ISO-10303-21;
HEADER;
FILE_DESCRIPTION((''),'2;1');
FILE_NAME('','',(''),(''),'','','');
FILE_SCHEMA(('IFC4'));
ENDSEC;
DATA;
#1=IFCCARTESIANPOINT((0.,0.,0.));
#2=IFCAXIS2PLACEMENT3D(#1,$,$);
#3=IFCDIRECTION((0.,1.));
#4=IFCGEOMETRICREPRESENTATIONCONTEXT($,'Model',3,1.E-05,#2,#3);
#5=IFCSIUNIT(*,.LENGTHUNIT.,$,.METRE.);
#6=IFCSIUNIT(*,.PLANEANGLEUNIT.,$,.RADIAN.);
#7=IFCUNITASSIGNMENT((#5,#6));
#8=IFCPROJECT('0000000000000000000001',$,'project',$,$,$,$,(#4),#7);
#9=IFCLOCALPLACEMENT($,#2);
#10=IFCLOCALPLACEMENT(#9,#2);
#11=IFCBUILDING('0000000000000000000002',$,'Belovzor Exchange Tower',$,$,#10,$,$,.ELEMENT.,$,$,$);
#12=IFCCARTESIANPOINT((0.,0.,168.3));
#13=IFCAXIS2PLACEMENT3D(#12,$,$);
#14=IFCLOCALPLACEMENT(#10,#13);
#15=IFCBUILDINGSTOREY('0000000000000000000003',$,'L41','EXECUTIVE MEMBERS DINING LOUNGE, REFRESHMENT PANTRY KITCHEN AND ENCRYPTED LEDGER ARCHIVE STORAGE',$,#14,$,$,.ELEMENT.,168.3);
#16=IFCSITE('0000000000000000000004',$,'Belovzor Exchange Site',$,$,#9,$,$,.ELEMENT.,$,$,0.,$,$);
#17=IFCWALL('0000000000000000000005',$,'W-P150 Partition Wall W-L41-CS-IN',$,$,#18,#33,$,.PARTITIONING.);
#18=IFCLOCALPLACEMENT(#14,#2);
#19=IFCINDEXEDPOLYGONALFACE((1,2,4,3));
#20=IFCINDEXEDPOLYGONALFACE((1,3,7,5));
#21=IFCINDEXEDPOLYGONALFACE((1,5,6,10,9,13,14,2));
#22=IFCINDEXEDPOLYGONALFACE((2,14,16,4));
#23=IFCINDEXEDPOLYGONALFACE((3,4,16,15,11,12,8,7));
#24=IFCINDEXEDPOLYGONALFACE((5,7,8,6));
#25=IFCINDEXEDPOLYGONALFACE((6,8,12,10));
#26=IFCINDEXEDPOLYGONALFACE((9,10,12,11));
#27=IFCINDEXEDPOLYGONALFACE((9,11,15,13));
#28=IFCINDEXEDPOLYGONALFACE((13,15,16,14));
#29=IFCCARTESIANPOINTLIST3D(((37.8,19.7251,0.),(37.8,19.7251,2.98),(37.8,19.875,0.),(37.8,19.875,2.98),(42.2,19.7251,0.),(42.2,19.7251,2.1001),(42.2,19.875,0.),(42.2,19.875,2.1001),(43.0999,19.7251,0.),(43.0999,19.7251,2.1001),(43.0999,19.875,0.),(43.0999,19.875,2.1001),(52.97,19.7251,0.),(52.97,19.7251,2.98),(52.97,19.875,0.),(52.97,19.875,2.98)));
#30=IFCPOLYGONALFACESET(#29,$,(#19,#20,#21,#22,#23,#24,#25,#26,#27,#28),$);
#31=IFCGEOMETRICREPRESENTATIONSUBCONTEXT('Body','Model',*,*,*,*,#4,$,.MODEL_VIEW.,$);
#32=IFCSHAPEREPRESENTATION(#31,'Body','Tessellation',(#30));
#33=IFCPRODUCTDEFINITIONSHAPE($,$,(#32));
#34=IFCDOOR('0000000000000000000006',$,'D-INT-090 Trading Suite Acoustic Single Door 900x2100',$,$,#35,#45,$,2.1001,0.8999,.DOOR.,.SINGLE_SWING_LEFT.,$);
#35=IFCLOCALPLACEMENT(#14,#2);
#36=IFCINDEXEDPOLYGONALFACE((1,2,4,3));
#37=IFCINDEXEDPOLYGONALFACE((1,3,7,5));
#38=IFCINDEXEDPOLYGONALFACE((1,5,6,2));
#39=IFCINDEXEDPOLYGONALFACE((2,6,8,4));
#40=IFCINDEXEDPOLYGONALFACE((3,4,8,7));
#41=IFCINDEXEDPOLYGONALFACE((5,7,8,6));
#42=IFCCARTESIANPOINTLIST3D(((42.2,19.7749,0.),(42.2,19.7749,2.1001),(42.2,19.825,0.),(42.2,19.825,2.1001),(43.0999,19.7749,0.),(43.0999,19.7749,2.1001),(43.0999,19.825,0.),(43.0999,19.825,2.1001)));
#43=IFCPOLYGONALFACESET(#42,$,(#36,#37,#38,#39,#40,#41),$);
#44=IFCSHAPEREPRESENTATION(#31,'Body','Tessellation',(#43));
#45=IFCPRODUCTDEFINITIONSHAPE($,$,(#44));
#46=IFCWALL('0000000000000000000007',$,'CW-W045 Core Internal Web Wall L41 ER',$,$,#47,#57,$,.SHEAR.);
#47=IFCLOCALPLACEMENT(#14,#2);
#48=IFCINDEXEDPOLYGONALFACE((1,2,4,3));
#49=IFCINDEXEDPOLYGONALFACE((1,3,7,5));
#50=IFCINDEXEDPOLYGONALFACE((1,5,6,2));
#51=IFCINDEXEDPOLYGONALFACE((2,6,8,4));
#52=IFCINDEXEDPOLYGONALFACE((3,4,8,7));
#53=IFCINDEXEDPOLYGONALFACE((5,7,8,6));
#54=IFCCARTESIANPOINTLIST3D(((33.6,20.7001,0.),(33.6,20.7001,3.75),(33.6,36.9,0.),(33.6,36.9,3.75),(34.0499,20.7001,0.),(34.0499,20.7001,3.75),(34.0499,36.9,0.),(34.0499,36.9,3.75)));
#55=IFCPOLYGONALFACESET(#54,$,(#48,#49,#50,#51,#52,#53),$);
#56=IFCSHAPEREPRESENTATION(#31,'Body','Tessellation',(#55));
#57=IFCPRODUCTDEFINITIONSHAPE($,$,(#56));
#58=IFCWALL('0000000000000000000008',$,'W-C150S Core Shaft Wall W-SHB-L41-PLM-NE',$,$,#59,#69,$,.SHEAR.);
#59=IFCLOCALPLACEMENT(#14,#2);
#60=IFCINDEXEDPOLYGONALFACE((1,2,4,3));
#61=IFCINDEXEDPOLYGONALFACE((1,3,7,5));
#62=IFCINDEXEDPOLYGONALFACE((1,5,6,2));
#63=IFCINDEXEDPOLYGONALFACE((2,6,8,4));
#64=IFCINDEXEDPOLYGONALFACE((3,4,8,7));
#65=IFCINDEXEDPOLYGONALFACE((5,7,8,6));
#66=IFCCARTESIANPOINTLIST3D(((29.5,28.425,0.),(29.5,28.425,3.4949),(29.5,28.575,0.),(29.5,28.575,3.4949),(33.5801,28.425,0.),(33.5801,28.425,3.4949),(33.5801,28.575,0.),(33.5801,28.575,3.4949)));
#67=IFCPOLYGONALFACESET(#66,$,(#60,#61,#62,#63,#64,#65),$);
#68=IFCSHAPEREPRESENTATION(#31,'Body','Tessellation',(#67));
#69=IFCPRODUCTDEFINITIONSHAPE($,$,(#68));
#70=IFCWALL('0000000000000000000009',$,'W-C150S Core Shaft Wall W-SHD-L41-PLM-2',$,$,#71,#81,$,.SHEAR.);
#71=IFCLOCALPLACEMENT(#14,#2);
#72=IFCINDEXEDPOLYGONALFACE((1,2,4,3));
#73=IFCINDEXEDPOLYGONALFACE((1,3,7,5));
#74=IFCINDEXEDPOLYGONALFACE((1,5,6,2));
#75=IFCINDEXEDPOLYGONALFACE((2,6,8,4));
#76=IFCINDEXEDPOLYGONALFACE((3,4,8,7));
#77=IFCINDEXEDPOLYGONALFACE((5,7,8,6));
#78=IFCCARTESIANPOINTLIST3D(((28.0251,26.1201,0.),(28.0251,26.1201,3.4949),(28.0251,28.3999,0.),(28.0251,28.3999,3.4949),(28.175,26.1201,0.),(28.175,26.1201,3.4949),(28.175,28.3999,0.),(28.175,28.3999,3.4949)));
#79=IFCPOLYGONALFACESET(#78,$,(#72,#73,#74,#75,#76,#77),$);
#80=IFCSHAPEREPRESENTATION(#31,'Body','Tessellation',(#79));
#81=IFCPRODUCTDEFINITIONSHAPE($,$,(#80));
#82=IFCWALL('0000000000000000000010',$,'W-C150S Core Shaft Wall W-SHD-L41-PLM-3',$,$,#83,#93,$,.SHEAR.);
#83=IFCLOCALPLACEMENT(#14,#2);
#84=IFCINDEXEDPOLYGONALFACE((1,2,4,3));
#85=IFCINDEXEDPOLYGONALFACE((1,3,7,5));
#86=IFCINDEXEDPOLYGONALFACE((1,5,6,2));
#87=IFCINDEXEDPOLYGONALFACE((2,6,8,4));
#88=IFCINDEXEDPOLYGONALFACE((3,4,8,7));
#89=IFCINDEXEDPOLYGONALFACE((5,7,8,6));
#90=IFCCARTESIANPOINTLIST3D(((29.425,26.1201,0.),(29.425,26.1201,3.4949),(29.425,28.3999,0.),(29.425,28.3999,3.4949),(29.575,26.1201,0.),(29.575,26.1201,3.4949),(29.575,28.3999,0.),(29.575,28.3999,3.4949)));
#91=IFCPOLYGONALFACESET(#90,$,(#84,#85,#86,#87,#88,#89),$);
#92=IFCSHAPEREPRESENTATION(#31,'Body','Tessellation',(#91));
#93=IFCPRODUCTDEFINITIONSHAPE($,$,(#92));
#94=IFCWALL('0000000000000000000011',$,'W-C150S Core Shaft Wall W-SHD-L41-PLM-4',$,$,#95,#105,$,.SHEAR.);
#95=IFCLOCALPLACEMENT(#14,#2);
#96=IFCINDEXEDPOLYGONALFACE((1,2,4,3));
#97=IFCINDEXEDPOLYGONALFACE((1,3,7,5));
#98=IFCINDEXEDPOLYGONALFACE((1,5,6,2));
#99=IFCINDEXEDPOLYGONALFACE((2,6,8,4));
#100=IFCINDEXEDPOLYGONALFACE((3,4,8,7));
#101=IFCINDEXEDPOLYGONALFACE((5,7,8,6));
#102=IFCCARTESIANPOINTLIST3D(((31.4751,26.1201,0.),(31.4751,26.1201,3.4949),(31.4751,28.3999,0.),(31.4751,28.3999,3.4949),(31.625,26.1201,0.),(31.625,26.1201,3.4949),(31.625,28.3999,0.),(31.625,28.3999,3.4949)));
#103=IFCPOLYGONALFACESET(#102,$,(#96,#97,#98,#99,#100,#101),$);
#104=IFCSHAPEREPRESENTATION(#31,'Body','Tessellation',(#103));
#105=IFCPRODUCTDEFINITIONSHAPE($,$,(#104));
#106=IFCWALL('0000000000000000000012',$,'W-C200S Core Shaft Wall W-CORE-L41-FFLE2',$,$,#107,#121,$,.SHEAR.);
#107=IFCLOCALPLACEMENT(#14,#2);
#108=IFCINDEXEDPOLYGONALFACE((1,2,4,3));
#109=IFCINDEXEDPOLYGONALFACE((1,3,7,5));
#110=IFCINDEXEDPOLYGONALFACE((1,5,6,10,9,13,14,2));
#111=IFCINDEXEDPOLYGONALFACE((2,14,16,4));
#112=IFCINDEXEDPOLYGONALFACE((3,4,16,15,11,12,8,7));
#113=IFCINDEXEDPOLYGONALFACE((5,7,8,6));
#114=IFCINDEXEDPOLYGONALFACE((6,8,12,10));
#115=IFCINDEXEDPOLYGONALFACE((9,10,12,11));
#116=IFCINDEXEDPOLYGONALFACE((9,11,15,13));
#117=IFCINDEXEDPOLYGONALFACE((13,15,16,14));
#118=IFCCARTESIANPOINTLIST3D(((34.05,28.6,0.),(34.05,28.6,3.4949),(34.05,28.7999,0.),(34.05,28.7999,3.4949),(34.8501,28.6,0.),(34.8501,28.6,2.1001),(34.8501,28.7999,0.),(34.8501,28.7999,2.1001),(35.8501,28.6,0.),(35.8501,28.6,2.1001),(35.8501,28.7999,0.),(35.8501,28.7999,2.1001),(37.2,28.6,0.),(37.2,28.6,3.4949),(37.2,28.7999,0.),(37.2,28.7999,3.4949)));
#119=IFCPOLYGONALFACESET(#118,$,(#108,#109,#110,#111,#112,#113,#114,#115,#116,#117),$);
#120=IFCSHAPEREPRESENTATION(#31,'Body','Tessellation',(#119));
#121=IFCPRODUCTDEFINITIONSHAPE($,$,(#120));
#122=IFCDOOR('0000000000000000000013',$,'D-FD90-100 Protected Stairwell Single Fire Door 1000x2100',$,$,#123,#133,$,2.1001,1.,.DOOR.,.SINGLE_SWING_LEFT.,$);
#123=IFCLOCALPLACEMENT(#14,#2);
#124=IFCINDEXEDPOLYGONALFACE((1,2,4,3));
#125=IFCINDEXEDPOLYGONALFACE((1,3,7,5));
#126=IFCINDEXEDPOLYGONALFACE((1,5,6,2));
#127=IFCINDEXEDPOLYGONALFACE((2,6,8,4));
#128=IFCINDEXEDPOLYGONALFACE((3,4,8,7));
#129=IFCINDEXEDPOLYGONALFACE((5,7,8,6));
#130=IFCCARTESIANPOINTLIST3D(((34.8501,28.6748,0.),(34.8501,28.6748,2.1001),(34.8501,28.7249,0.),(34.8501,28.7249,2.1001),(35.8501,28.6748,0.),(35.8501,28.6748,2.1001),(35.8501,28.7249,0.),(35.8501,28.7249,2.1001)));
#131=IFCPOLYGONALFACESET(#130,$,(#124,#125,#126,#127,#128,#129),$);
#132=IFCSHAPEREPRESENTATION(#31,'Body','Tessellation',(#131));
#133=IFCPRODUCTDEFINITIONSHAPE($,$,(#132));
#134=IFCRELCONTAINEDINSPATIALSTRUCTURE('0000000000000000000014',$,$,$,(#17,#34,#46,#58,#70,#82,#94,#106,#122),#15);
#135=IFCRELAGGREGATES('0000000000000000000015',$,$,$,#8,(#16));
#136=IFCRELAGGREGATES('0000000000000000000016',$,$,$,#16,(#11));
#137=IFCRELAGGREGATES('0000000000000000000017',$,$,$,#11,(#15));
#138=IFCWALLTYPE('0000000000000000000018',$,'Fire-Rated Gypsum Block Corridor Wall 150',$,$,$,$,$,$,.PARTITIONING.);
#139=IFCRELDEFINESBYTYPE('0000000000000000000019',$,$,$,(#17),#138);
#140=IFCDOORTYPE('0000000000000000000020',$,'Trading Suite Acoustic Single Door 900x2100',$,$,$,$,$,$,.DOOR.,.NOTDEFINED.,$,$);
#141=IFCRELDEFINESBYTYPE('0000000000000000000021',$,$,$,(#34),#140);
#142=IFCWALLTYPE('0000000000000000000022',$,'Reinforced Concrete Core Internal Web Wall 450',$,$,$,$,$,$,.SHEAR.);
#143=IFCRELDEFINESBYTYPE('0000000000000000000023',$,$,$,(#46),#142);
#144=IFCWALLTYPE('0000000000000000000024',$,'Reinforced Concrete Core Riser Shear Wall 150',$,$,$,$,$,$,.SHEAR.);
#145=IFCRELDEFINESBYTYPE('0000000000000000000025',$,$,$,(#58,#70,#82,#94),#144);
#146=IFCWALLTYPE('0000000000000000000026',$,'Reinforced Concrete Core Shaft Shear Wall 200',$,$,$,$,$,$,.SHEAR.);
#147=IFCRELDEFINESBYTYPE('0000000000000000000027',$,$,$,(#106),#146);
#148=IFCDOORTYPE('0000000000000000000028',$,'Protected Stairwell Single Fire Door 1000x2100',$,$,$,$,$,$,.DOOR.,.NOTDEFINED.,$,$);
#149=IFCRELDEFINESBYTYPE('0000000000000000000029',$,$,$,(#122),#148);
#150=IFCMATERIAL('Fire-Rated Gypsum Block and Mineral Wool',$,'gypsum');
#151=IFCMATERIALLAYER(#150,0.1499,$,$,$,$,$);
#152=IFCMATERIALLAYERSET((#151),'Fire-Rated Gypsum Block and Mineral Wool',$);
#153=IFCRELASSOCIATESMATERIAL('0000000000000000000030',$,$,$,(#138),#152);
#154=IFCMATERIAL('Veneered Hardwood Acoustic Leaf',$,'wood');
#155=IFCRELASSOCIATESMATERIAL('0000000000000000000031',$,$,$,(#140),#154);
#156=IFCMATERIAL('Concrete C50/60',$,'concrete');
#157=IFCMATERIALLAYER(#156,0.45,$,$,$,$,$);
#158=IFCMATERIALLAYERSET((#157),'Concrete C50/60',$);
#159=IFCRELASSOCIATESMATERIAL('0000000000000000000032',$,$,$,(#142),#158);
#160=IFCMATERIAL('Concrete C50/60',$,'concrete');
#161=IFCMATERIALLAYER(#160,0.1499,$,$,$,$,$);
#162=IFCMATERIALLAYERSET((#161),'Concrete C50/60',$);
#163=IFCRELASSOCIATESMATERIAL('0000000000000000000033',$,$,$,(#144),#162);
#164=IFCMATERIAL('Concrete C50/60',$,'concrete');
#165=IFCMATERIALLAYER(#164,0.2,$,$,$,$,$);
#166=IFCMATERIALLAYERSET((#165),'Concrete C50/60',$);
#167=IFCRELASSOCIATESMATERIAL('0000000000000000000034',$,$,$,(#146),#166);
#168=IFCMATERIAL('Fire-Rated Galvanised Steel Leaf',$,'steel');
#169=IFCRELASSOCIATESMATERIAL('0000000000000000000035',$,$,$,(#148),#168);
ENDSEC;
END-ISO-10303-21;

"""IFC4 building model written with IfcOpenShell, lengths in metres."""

from ifc_helpers import new_model, si_unit, direction, frame, frame_2d, origin, place, context, subcontext, project, spatial, rectangle, extrude, material, layer, layer_set, type_object, element, fill, save


model = new_model("IFC4")

# Units and contexts
model_context = context("Model", 3, precision=1e-05, world=origin(), true_north=direction((0.0, 1.0)))
body_context = subcontext(model_context, "Body", "Model", "MODEL_VIEW")
ifc_project = project(units=[si_unit("LENGTHUNIT", "METRE"), si_unit("PLANEANGLEUNIT", "RADIAN")], contexts=[model_context])

# Site, building, storey
site_placement = place(None, origin())
site = spatial("IfcSite", under=ifc_project, at=site_placement, Name="Belovzor Exchange Site", CompositionType="ELEMENT", RefElevation=0.0)
building_placement = place(site_placement, origin())
building = spatial("IfcBuilding", under=site, at=building_placement, Name="Belovzor Exchange Tower", CompositionType="ELEMENT")
storey_placement = place(building_placement, frame((0.0, 0.0, 168.3)))
storey = spatial("IfcBuildingStorey", under=building, at=storey_placement, Name="L41", Description="EXECUTIVE MEMBERS DINING LOUNGE, REFRESHMENT PANTRY KITCHEN AND ENCRYPTED LEDGER ARCHIVE STORAGE", CompositionType="ELEMENT", Elevation=168.3)

# Shared definitions
ifc_material_1 = material(Name="Fire-Rated Gypsum Block and Mineral Wool", Category="gypsum")
ifc_layer_1 = layer(ifc_material_1, 0.1499)
ifc_layer_set_1 = layer_set([ifc_layer_1], Name="Fire-Rated Gypsum Block and Mineral Wool")
wall_type_1 = type_object("IfcWallType", Name="Fire-Rated Gypsum Block Corridor Wall 150", PredefinedType="PARTITIONING", material=ifc_layer_set_1)

# Wall, opening, door
wall_1_placement = place(storey_placement, frame((37.8, 19.8, 0.0), z_axis=(0.0, 0.0, 1.0), x_axis=(1.0, 0.0, 0.0)))
wall_1 = element("IfcWall", 1, at=wall_1_placement, inside=storey, type_object=wall_type_1, Name="W-P150 Partition Wall W-L41-CS-IN", PredefinedType="PARTITIONING", context=body_context, shape_type="SweptSolid", body=[
    extrude(rectangle(XDim=15.1699, YDim=0.1499, at=frame_2d((7.585, 0.0))), origin(), (0.0, 0.0, 1.0), 2.98),
])
opening_1_placement = place(wall_1_placement, frame((4.3999, 0.0, 0.0)))
opening_1 = element("IfcOpeningElement", 2, at=opening_1_placement, cuts=wall_1, PredefinedType="OPENING", context=body_context, shape_type="SweptSolid", body=[
    extrude(rectangle(XDim=0.8999, YDim=2.1001, at=frame_2d((0.45, 1.05))), frame((0.0, 0.085, 0.0), z_axis=(0.0, -1.0, 0.0), x_axis=(1.0, 0.0, 0.0)), (0.0, 0.0, 1.0), 0.1699),
])
ifc_material_2 = material(Name="Veneered Hardwood Acoustic Leaf", Category="wood")
door_type_1 = type_object("IfcDoorType", Name="Trading Suite Acoustic Single Door 900x2100", OperationType="NOTDEFINED", PredefinedType="DOOR", material=ifc_material_2)
door_1_placement = place(opening_1_placement, origin())
door_1 = element("IfcDoor", 3, at=door_1_placement, inside=storey, type_object=door_type_1, Name="D-INT-090 Trading Suite Acoustic Single Door 900x2100", OperationType="SINGLE_SWING_LEFT", OverallHeight=2.1001, OverallWidth=0.8999, PredefinedType="DOOR", context=body_context, shape_type="SweptSolid", body=[
    extrude(rectangle(XDim=0.8999, YDim=2.1001, at=frame_2d((0.45, 1.05))), frame((0.0, 0.0249, 0.0), z_axis=(0.0, -1.0, 0.0), x_axis=(1.0, 0.0, 0.0)), (0.0, 0.0, 1.0), 0.05),
])
fill(opening_1, door_1)

# Walls
ifc_material_3 = material(Name="Concrete C50/60", Category="concrete")
ifc_layer_2 = layer(ifc_material_3, 0.45)
ifc_layer_set_2 = layer_set([ifc_layer_2], Name="Concrete C50/60")
wall_type_2 = type_object("IfcWallType", Name="Reinforced Concrete Core Internal Web Wall 450", PredefinedType="SHEAR", material=ifc_layer_set_2)
wall_2_placement = place(storey_placement, frame((33.825, 20.7, 0.0), z_axis=(0.0, 0.0, 1.0), x_axis=(0.0, 1.0, 0.0)))
element("IfcWall", 4, at=wall_2_placement, inside=storey, type_object=wall_type_2, Name="CW-W045 Core Internal Web Wall L41 ER", PredefinedType="SHEAR", context=body_context, shape_type="SweptSolid", body=[
    extrude(rectangle(XDim=16.2, YDim=0.45, at=frame_2d((8.1001, 0.0))), origin(), (0.0, 0.0, 1.0), 3.75),
])
ifc_material_4 = material(Name="Concrete C50/60", Category="concrete")
ifc_layer_3 = layer(ifc_material_4, 0.1499)
ifc_layer_set_3 = layer_set([ifc_layer_3], Name="Concrete C50/60")
wall_type_3 = type_object("IfcWallType", Name="Reinforced Concrete Core Riser Shear Wall 150", PredefinedType="SHEAR", material=ifc_layer_set_3)
wall_3_placement = place(storey_placement, frame((29.5, 28.5, 0.0), z_axis=(0.0, 0.0, 1.0), x_axis=(1.0, 0.0, 0.0)))
element("IfcWall", 5, at=wall_3_placement, inside=storey, type_object=wall_type_3, Name="W-C150S Core Shaft Wall W-SHB-L41-PLM-NE", PredefinedType="SHEAR", context=body_context, shape_type="SweptSolid", body=[
    extrude(rectangle(XDim=4.0801, YDim=0.1499, at=frame_2d((2.04, 0.0))), origin(), (0.0, 0.0, 1.0), 3.4949),
])
for number, where, z_axis, x_axis, name in (
    (6, (28.1001, 26.1201, 0.0), (0.0, 0.0, 1.0), (0.0, 1.0, 0.0), "W-C150S Core Shaft Wall W-SHD-L41-PLM-2"),
    (7, (29.5, 26.1201, 0.0), (0.0, 0.0, 1.0), (0.0, 1.0, 0.0), "W-C150S Core Shaft Wall W-SHD-L41-PLM-3"),
    (8, (31.55, 26.1201, 0.0), (0.0, 0.0, 1.0), (0.0, 1.0, 0.0), "W-C150S Core Shaft Wall W-SHD-L41-PLM-4"),
):
    element("IfcWall", number, at=place(storey_placement, frame(where, z_axis=z_axis, x_axis=x_axis)), inside=storey, type_object=wall_type_3, Name=name, PredefinedType="SHEAR", context=body_context, shape_type="SweptSolid", body=[
        extrude(rectangle(XDim=2.2798, YDim=0.1499, at=frame_2d((1.1399, 0.0))), origin(), (0.0, 0.0, 1.0), 3.4949),
    ])

# Wall, opening, door
ifc_material_5 = material(Name="Concrete C50/60", Category="concrete")
ifc_layer_4 = layer(ifc_material_5, 0.2)
ifc_layer_set_4 = layer_set([ifc_layer_4], Name="Concrete C50/60")
wall_type_4 = type_object("IfcWallType", Name="Reinforced Concrete Core Shaft Shear Wall 200", PredefinedType="SHEAR", material=ifc_layer_set_4)
wall_4_placement = place(storey_placement, frame((34.05, 28.7, 0.0), z_axis=(0.0, 0.0, 1.0), x_axis=(1.0, 0.0, 0.0)))
wall_4 = element("IfcWall", 9, at=wall_4_placement, inside=storey, type_object=wall_type_4, Name="W-C200S Core Shaft Wall W-CORE-L41-FFLE2", PredefinedType="SHEAR", context=body_context, shape_type="SweptSolid", body=[
    extrude(rectangle(XDim=3.1499, YDim=0.2, at=frame_2d((1.575, 0.0))), origin(), (0.0, 0.0, 1.0), 3.4949),
])
opening_2_placement = place(wall_4_placement, frame((0.8, 0.0, 0.0)))
opening_2 = element("IfcOpeningElement", 10, at=opening_2_placement, cuts=wall_4, PredefinedType="OPENING", context=body_context, shape_type="SweptSolid", body=[
    extrude(rectangle(XDim=1.0, YDim=2.1001, at=frame_2d((0.5, 1.05))), frame((0.0, 0.1099, 0.0), z_axis=(0.0, -1.0, 0.0), x_axis=(1.0, 0.0, 0.0)), (0.0, 0.0, 1.0), 0.22),
])
ifc_material_6 = material(Name="Fire-Rated Galvanised Steel Leaf", Category="steel")
door_type_2 = type_object("IfcDoorType", Name="Protected Stairwell Single Fire Door 1000x2100", OperationType="NOTDEFINED", PredefinedType="DOOR", material=ifc_material_6)
door_2_placement = place(opening_2_placement, origin())
door_2 = element("IfcDoor", 11, at=door_2_placement, inside=storey, type_object=door_type_2, Name="D-FD90-100 Protected Stairwell Single Fire Door 1000x2100", OperationType="SINGLE_SWING_LEFT", OverallHeight=2.1001, OverallWidth=1.0, PredefinedType="DOOR", context=body_context, shape_type="SweptSolid", body=[
    extrude(rectangle(XDim=1.0, YDim=2.1001, at=frame_2d((0.5, 1.05))), frame((0.0, 0.0249, 0.0), z_axis=(0.0, -1.0, 0.0), x_axis=(1.0, 0.0, 0.0)), (0.0, 0.0, 1.0), 0.05),
])
fill(opening_2, door_2)

save(model, "model.ifc")
